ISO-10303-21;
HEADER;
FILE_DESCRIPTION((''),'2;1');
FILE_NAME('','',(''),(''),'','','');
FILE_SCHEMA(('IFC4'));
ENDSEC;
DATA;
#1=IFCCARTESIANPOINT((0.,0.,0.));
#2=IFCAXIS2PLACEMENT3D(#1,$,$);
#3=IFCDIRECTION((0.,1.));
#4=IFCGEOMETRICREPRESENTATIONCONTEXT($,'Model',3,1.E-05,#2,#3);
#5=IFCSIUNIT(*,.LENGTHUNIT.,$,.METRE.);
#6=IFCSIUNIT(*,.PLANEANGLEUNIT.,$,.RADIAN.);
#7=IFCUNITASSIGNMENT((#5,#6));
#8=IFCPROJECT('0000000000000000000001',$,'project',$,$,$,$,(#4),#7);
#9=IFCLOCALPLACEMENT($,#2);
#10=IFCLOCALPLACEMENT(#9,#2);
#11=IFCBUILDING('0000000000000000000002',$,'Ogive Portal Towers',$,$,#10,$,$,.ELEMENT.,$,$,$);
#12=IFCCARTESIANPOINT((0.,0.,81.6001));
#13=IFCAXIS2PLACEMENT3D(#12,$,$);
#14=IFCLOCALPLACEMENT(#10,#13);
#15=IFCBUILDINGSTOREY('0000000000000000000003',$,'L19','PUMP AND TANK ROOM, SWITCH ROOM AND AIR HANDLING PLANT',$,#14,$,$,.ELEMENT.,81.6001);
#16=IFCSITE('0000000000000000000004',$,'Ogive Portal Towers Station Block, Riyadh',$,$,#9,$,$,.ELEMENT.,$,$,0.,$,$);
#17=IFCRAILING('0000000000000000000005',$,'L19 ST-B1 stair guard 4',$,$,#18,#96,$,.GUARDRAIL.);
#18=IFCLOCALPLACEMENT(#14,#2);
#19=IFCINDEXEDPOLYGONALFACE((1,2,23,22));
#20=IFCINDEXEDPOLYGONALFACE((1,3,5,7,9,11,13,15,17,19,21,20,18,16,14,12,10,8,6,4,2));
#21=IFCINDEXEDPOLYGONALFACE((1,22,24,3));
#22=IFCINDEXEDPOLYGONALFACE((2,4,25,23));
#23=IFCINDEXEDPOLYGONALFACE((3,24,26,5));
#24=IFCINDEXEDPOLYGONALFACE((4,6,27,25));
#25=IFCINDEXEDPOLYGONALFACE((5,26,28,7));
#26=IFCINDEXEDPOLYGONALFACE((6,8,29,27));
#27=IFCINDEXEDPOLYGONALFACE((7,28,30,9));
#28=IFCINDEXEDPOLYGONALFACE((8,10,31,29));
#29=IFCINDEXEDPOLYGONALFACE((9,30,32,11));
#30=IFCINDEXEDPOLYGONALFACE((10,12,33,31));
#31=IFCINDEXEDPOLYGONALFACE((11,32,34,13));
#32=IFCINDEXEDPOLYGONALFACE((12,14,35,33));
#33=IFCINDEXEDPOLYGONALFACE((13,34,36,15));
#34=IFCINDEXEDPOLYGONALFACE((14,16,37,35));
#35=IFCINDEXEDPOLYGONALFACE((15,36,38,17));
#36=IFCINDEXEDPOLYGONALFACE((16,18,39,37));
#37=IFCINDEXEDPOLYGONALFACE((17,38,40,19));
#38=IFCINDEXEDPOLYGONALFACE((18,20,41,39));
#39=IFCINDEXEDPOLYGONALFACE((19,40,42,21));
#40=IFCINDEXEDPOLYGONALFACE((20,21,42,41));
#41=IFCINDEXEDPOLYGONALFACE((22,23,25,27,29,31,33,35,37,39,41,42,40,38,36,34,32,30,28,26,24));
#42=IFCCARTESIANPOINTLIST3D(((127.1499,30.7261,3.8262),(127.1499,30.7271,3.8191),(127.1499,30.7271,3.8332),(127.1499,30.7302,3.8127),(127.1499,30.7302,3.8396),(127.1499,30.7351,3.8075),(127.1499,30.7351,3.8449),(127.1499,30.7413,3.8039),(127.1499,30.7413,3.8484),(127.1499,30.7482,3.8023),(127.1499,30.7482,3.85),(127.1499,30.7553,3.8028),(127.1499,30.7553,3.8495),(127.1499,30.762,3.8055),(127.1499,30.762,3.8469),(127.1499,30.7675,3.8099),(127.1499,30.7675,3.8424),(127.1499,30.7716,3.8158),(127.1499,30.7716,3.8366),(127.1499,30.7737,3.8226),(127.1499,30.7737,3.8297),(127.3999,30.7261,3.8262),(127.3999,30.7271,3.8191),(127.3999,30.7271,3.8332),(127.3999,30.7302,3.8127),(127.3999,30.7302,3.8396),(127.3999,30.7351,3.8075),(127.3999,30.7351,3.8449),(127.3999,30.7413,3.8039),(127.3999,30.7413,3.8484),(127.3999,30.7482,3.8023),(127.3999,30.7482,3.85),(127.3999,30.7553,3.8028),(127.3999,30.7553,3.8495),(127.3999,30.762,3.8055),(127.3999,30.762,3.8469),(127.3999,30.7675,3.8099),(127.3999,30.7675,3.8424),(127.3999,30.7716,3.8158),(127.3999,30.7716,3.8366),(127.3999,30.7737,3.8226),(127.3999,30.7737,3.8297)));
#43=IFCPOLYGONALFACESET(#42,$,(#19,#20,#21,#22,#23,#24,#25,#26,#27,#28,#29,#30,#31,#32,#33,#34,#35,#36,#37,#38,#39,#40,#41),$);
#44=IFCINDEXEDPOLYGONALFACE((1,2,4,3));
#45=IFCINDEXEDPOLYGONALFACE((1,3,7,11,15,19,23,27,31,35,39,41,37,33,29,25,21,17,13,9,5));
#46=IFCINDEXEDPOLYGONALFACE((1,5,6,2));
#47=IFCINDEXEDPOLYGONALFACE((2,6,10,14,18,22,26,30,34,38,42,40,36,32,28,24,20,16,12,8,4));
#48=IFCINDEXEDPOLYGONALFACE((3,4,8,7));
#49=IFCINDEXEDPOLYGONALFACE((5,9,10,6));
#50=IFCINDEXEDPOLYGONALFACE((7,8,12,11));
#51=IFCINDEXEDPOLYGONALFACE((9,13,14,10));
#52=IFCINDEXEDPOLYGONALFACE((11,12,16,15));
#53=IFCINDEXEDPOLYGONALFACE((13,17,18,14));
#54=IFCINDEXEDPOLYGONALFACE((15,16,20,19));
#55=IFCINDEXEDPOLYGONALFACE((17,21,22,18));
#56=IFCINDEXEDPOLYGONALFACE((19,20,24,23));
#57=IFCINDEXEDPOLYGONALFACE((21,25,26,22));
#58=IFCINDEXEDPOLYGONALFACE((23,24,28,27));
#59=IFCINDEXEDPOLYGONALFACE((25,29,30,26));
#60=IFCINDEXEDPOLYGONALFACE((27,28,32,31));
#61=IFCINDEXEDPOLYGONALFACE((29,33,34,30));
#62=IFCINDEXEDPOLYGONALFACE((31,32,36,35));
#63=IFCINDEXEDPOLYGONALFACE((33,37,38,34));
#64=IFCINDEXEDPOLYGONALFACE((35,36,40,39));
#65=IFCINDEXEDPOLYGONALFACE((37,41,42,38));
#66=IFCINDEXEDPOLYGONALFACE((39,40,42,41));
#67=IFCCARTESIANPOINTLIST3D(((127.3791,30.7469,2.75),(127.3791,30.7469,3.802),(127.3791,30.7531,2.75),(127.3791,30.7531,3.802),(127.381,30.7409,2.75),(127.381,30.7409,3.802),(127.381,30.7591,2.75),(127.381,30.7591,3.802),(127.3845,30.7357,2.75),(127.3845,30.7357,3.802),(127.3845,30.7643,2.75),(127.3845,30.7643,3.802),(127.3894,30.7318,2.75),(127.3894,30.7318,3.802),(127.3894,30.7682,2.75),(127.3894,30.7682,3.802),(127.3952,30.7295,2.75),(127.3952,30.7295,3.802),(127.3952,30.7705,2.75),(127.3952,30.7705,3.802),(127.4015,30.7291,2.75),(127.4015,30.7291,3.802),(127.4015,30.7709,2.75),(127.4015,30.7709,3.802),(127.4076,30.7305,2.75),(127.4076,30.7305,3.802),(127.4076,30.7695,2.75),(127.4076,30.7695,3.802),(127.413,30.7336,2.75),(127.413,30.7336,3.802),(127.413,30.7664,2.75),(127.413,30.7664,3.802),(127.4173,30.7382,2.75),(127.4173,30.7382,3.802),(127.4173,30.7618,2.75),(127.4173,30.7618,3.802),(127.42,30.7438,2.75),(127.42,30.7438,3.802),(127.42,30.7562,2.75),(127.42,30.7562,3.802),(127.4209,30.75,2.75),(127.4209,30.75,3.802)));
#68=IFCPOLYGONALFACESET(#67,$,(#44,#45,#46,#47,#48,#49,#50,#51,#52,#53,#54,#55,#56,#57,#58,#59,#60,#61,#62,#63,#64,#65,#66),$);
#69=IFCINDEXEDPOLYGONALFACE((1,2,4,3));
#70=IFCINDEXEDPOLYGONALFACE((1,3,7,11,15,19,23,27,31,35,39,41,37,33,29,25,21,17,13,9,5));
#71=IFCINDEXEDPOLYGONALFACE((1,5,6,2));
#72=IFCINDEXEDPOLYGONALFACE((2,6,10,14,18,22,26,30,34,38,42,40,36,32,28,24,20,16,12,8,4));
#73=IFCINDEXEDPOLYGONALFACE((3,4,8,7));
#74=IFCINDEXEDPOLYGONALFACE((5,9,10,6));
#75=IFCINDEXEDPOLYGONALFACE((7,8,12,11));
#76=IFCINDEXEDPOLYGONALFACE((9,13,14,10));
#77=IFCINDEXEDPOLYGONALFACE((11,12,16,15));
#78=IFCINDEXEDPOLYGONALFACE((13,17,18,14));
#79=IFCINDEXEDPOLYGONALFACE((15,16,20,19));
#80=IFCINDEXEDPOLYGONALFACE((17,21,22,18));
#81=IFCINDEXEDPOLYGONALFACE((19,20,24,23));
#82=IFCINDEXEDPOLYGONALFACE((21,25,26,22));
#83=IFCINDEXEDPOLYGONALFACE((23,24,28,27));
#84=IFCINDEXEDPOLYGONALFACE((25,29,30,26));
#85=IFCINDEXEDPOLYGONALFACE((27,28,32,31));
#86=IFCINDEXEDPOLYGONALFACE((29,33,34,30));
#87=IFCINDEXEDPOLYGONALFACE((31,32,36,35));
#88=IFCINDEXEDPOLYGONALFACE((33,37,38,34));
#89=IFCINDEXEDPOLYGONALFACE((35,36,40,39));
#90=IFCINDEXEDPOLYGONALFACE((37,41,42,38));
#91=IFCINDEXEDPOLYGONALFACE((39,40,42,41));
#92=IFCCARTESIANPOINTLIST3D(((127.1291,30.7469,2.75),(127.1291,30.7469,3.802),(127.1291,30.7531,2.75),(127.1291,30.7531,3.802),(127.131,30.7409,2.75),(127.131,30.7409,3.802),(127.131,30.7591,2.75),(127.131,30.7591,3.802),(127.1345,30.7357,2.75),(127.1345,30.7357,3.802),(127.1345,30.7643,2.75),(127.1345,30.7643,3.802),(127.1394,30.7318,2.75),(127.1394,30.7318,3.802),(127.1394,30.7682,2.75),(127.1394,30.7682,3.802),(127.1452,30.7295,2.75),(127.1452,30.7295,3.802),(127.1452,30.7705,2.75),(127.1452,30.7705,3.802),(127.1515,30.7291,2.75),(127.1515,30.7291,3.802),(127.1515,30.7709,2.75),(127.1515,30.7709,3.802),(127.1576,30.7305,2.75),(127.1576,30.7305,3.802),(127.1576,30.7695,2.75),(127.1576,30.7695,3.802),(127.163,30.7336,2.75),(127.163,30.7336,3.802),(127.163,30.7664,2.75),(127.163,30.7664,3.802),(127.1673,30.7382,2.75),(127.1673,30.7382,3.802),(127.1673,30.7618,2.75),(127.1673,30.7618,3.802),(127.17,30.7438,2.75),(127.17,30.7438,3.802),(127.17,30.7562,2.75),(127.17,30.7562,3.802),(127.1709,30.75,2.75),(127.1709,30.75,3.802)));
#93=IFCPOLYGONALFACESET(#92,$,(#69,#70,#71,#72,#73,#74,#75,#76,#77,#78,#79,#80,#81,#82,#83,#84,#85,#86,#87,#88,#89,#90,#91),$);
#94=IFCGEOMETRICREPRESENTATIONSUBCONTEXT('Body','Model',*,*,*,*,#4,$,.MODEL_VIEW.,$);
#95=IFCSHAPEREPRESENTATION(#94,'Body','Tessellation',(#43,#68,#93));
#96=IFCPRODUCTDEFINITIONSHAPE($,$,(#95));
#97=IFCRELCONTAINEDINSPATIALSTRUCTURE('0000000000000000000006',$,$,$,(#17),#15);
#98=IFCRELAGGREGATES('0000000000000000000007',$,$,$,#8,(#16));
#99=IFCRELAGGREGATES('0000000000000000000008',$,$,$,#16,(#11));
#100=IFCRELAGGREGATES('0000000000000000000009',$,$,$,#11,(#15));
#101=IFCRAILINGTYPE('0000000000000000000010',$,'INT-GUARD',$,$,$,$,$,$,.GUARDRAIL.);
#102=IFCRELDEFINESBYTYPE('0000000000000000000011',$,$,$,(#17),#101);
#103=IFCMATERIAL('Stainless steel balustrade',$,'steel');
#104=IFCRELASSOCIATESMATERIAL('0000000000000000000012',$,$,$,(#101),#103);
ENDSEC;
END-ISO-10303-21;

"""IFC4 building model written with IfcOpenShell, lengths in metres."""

from ifc_helpers import new_model, si_unit, direction, frame, origin, origin_2d, place, context, subcontext, project, spatial, circle, extrude, material, type_object, element, save


model = new_model("IFC4")

# Units and contexts
model_context = context("Model", 3, precision=1e-05, world=origin(), true_north=direction((0.0, 1.0)))
body_context = subcontext(model_context, "Body", "Model", "MODEL_VIEW")
ifc_project = project(units=[si_unit("LENGTHUNIT", "METRE"), si_unit("PLANEANGLEUNIT", "RADIAN")], contexts=[model_context])

# Site, building, storey
site_placement = place(None, origin())
site = spatial("IfcSite", under=ifc_project, at=site_placement, Name="Ogive Portal Towers Station Block, Riyadh", CompositionType="ELEMENT", RefElevation=0.0)
building_placement = place(site_placement, origin())
building = spatial("IfcBuilding", under=site, at=building_placement, Name="Ogive Portal Towers", CompositionType="ELEMENT")
storey_placement = place(building_placement, frame((0.0, 0.0, 81.6001)))
storey = spatial("IfcBuildingStorey", under=building, at=storey_placement, Name="L19", Description="PUMP AND TANK ROOM, SWITCH ROOM AND AIR HANDLING PLANT", CompositionType="ELEMENT", Elevation=81.6001)

# Railing
ifc_material_1 = material(Name="Stainless steel balustrade", Category="steel")
railing_type_1 = type_object("IfcRailingType", Name="INT-GUARD", PredefinedType="GUARDRAIL", material=ifc_material_1)
railing_1_placement = place(storey_placement, frame((127.3999, 30.75, 2.75)))
element("IfcRailing", 1, at=railing_1_placement, inside=storey, type_object=railing_type_1, Name="L19 ST-B1 stair guard 4", PredefinedType="GUARDRAIL", context=body_context, shape_type="SweptSolid", body=[
    extrude(circle(Radius=0.0239, at=origin_2d()), frame((0.0, 0.0, 1.0762), z_axis=(-1.0, 0.0, 0.0), x_axis=(0.0, -1.0, 0.0)), (0.0, 0.0, 1.0), 0.25),
    extrude(circle(Radius=0.021, at=origin_2d()), origin(), (0.0, 0.0, 1.0), 1.052),
    extrude(circle(Radius=0.021, at=origin_2d()), frame((-0.25, 0.0, 0.0)), (0.0, 0.0, 1.0), 1.052),
])

save(model, "model.ifc")
